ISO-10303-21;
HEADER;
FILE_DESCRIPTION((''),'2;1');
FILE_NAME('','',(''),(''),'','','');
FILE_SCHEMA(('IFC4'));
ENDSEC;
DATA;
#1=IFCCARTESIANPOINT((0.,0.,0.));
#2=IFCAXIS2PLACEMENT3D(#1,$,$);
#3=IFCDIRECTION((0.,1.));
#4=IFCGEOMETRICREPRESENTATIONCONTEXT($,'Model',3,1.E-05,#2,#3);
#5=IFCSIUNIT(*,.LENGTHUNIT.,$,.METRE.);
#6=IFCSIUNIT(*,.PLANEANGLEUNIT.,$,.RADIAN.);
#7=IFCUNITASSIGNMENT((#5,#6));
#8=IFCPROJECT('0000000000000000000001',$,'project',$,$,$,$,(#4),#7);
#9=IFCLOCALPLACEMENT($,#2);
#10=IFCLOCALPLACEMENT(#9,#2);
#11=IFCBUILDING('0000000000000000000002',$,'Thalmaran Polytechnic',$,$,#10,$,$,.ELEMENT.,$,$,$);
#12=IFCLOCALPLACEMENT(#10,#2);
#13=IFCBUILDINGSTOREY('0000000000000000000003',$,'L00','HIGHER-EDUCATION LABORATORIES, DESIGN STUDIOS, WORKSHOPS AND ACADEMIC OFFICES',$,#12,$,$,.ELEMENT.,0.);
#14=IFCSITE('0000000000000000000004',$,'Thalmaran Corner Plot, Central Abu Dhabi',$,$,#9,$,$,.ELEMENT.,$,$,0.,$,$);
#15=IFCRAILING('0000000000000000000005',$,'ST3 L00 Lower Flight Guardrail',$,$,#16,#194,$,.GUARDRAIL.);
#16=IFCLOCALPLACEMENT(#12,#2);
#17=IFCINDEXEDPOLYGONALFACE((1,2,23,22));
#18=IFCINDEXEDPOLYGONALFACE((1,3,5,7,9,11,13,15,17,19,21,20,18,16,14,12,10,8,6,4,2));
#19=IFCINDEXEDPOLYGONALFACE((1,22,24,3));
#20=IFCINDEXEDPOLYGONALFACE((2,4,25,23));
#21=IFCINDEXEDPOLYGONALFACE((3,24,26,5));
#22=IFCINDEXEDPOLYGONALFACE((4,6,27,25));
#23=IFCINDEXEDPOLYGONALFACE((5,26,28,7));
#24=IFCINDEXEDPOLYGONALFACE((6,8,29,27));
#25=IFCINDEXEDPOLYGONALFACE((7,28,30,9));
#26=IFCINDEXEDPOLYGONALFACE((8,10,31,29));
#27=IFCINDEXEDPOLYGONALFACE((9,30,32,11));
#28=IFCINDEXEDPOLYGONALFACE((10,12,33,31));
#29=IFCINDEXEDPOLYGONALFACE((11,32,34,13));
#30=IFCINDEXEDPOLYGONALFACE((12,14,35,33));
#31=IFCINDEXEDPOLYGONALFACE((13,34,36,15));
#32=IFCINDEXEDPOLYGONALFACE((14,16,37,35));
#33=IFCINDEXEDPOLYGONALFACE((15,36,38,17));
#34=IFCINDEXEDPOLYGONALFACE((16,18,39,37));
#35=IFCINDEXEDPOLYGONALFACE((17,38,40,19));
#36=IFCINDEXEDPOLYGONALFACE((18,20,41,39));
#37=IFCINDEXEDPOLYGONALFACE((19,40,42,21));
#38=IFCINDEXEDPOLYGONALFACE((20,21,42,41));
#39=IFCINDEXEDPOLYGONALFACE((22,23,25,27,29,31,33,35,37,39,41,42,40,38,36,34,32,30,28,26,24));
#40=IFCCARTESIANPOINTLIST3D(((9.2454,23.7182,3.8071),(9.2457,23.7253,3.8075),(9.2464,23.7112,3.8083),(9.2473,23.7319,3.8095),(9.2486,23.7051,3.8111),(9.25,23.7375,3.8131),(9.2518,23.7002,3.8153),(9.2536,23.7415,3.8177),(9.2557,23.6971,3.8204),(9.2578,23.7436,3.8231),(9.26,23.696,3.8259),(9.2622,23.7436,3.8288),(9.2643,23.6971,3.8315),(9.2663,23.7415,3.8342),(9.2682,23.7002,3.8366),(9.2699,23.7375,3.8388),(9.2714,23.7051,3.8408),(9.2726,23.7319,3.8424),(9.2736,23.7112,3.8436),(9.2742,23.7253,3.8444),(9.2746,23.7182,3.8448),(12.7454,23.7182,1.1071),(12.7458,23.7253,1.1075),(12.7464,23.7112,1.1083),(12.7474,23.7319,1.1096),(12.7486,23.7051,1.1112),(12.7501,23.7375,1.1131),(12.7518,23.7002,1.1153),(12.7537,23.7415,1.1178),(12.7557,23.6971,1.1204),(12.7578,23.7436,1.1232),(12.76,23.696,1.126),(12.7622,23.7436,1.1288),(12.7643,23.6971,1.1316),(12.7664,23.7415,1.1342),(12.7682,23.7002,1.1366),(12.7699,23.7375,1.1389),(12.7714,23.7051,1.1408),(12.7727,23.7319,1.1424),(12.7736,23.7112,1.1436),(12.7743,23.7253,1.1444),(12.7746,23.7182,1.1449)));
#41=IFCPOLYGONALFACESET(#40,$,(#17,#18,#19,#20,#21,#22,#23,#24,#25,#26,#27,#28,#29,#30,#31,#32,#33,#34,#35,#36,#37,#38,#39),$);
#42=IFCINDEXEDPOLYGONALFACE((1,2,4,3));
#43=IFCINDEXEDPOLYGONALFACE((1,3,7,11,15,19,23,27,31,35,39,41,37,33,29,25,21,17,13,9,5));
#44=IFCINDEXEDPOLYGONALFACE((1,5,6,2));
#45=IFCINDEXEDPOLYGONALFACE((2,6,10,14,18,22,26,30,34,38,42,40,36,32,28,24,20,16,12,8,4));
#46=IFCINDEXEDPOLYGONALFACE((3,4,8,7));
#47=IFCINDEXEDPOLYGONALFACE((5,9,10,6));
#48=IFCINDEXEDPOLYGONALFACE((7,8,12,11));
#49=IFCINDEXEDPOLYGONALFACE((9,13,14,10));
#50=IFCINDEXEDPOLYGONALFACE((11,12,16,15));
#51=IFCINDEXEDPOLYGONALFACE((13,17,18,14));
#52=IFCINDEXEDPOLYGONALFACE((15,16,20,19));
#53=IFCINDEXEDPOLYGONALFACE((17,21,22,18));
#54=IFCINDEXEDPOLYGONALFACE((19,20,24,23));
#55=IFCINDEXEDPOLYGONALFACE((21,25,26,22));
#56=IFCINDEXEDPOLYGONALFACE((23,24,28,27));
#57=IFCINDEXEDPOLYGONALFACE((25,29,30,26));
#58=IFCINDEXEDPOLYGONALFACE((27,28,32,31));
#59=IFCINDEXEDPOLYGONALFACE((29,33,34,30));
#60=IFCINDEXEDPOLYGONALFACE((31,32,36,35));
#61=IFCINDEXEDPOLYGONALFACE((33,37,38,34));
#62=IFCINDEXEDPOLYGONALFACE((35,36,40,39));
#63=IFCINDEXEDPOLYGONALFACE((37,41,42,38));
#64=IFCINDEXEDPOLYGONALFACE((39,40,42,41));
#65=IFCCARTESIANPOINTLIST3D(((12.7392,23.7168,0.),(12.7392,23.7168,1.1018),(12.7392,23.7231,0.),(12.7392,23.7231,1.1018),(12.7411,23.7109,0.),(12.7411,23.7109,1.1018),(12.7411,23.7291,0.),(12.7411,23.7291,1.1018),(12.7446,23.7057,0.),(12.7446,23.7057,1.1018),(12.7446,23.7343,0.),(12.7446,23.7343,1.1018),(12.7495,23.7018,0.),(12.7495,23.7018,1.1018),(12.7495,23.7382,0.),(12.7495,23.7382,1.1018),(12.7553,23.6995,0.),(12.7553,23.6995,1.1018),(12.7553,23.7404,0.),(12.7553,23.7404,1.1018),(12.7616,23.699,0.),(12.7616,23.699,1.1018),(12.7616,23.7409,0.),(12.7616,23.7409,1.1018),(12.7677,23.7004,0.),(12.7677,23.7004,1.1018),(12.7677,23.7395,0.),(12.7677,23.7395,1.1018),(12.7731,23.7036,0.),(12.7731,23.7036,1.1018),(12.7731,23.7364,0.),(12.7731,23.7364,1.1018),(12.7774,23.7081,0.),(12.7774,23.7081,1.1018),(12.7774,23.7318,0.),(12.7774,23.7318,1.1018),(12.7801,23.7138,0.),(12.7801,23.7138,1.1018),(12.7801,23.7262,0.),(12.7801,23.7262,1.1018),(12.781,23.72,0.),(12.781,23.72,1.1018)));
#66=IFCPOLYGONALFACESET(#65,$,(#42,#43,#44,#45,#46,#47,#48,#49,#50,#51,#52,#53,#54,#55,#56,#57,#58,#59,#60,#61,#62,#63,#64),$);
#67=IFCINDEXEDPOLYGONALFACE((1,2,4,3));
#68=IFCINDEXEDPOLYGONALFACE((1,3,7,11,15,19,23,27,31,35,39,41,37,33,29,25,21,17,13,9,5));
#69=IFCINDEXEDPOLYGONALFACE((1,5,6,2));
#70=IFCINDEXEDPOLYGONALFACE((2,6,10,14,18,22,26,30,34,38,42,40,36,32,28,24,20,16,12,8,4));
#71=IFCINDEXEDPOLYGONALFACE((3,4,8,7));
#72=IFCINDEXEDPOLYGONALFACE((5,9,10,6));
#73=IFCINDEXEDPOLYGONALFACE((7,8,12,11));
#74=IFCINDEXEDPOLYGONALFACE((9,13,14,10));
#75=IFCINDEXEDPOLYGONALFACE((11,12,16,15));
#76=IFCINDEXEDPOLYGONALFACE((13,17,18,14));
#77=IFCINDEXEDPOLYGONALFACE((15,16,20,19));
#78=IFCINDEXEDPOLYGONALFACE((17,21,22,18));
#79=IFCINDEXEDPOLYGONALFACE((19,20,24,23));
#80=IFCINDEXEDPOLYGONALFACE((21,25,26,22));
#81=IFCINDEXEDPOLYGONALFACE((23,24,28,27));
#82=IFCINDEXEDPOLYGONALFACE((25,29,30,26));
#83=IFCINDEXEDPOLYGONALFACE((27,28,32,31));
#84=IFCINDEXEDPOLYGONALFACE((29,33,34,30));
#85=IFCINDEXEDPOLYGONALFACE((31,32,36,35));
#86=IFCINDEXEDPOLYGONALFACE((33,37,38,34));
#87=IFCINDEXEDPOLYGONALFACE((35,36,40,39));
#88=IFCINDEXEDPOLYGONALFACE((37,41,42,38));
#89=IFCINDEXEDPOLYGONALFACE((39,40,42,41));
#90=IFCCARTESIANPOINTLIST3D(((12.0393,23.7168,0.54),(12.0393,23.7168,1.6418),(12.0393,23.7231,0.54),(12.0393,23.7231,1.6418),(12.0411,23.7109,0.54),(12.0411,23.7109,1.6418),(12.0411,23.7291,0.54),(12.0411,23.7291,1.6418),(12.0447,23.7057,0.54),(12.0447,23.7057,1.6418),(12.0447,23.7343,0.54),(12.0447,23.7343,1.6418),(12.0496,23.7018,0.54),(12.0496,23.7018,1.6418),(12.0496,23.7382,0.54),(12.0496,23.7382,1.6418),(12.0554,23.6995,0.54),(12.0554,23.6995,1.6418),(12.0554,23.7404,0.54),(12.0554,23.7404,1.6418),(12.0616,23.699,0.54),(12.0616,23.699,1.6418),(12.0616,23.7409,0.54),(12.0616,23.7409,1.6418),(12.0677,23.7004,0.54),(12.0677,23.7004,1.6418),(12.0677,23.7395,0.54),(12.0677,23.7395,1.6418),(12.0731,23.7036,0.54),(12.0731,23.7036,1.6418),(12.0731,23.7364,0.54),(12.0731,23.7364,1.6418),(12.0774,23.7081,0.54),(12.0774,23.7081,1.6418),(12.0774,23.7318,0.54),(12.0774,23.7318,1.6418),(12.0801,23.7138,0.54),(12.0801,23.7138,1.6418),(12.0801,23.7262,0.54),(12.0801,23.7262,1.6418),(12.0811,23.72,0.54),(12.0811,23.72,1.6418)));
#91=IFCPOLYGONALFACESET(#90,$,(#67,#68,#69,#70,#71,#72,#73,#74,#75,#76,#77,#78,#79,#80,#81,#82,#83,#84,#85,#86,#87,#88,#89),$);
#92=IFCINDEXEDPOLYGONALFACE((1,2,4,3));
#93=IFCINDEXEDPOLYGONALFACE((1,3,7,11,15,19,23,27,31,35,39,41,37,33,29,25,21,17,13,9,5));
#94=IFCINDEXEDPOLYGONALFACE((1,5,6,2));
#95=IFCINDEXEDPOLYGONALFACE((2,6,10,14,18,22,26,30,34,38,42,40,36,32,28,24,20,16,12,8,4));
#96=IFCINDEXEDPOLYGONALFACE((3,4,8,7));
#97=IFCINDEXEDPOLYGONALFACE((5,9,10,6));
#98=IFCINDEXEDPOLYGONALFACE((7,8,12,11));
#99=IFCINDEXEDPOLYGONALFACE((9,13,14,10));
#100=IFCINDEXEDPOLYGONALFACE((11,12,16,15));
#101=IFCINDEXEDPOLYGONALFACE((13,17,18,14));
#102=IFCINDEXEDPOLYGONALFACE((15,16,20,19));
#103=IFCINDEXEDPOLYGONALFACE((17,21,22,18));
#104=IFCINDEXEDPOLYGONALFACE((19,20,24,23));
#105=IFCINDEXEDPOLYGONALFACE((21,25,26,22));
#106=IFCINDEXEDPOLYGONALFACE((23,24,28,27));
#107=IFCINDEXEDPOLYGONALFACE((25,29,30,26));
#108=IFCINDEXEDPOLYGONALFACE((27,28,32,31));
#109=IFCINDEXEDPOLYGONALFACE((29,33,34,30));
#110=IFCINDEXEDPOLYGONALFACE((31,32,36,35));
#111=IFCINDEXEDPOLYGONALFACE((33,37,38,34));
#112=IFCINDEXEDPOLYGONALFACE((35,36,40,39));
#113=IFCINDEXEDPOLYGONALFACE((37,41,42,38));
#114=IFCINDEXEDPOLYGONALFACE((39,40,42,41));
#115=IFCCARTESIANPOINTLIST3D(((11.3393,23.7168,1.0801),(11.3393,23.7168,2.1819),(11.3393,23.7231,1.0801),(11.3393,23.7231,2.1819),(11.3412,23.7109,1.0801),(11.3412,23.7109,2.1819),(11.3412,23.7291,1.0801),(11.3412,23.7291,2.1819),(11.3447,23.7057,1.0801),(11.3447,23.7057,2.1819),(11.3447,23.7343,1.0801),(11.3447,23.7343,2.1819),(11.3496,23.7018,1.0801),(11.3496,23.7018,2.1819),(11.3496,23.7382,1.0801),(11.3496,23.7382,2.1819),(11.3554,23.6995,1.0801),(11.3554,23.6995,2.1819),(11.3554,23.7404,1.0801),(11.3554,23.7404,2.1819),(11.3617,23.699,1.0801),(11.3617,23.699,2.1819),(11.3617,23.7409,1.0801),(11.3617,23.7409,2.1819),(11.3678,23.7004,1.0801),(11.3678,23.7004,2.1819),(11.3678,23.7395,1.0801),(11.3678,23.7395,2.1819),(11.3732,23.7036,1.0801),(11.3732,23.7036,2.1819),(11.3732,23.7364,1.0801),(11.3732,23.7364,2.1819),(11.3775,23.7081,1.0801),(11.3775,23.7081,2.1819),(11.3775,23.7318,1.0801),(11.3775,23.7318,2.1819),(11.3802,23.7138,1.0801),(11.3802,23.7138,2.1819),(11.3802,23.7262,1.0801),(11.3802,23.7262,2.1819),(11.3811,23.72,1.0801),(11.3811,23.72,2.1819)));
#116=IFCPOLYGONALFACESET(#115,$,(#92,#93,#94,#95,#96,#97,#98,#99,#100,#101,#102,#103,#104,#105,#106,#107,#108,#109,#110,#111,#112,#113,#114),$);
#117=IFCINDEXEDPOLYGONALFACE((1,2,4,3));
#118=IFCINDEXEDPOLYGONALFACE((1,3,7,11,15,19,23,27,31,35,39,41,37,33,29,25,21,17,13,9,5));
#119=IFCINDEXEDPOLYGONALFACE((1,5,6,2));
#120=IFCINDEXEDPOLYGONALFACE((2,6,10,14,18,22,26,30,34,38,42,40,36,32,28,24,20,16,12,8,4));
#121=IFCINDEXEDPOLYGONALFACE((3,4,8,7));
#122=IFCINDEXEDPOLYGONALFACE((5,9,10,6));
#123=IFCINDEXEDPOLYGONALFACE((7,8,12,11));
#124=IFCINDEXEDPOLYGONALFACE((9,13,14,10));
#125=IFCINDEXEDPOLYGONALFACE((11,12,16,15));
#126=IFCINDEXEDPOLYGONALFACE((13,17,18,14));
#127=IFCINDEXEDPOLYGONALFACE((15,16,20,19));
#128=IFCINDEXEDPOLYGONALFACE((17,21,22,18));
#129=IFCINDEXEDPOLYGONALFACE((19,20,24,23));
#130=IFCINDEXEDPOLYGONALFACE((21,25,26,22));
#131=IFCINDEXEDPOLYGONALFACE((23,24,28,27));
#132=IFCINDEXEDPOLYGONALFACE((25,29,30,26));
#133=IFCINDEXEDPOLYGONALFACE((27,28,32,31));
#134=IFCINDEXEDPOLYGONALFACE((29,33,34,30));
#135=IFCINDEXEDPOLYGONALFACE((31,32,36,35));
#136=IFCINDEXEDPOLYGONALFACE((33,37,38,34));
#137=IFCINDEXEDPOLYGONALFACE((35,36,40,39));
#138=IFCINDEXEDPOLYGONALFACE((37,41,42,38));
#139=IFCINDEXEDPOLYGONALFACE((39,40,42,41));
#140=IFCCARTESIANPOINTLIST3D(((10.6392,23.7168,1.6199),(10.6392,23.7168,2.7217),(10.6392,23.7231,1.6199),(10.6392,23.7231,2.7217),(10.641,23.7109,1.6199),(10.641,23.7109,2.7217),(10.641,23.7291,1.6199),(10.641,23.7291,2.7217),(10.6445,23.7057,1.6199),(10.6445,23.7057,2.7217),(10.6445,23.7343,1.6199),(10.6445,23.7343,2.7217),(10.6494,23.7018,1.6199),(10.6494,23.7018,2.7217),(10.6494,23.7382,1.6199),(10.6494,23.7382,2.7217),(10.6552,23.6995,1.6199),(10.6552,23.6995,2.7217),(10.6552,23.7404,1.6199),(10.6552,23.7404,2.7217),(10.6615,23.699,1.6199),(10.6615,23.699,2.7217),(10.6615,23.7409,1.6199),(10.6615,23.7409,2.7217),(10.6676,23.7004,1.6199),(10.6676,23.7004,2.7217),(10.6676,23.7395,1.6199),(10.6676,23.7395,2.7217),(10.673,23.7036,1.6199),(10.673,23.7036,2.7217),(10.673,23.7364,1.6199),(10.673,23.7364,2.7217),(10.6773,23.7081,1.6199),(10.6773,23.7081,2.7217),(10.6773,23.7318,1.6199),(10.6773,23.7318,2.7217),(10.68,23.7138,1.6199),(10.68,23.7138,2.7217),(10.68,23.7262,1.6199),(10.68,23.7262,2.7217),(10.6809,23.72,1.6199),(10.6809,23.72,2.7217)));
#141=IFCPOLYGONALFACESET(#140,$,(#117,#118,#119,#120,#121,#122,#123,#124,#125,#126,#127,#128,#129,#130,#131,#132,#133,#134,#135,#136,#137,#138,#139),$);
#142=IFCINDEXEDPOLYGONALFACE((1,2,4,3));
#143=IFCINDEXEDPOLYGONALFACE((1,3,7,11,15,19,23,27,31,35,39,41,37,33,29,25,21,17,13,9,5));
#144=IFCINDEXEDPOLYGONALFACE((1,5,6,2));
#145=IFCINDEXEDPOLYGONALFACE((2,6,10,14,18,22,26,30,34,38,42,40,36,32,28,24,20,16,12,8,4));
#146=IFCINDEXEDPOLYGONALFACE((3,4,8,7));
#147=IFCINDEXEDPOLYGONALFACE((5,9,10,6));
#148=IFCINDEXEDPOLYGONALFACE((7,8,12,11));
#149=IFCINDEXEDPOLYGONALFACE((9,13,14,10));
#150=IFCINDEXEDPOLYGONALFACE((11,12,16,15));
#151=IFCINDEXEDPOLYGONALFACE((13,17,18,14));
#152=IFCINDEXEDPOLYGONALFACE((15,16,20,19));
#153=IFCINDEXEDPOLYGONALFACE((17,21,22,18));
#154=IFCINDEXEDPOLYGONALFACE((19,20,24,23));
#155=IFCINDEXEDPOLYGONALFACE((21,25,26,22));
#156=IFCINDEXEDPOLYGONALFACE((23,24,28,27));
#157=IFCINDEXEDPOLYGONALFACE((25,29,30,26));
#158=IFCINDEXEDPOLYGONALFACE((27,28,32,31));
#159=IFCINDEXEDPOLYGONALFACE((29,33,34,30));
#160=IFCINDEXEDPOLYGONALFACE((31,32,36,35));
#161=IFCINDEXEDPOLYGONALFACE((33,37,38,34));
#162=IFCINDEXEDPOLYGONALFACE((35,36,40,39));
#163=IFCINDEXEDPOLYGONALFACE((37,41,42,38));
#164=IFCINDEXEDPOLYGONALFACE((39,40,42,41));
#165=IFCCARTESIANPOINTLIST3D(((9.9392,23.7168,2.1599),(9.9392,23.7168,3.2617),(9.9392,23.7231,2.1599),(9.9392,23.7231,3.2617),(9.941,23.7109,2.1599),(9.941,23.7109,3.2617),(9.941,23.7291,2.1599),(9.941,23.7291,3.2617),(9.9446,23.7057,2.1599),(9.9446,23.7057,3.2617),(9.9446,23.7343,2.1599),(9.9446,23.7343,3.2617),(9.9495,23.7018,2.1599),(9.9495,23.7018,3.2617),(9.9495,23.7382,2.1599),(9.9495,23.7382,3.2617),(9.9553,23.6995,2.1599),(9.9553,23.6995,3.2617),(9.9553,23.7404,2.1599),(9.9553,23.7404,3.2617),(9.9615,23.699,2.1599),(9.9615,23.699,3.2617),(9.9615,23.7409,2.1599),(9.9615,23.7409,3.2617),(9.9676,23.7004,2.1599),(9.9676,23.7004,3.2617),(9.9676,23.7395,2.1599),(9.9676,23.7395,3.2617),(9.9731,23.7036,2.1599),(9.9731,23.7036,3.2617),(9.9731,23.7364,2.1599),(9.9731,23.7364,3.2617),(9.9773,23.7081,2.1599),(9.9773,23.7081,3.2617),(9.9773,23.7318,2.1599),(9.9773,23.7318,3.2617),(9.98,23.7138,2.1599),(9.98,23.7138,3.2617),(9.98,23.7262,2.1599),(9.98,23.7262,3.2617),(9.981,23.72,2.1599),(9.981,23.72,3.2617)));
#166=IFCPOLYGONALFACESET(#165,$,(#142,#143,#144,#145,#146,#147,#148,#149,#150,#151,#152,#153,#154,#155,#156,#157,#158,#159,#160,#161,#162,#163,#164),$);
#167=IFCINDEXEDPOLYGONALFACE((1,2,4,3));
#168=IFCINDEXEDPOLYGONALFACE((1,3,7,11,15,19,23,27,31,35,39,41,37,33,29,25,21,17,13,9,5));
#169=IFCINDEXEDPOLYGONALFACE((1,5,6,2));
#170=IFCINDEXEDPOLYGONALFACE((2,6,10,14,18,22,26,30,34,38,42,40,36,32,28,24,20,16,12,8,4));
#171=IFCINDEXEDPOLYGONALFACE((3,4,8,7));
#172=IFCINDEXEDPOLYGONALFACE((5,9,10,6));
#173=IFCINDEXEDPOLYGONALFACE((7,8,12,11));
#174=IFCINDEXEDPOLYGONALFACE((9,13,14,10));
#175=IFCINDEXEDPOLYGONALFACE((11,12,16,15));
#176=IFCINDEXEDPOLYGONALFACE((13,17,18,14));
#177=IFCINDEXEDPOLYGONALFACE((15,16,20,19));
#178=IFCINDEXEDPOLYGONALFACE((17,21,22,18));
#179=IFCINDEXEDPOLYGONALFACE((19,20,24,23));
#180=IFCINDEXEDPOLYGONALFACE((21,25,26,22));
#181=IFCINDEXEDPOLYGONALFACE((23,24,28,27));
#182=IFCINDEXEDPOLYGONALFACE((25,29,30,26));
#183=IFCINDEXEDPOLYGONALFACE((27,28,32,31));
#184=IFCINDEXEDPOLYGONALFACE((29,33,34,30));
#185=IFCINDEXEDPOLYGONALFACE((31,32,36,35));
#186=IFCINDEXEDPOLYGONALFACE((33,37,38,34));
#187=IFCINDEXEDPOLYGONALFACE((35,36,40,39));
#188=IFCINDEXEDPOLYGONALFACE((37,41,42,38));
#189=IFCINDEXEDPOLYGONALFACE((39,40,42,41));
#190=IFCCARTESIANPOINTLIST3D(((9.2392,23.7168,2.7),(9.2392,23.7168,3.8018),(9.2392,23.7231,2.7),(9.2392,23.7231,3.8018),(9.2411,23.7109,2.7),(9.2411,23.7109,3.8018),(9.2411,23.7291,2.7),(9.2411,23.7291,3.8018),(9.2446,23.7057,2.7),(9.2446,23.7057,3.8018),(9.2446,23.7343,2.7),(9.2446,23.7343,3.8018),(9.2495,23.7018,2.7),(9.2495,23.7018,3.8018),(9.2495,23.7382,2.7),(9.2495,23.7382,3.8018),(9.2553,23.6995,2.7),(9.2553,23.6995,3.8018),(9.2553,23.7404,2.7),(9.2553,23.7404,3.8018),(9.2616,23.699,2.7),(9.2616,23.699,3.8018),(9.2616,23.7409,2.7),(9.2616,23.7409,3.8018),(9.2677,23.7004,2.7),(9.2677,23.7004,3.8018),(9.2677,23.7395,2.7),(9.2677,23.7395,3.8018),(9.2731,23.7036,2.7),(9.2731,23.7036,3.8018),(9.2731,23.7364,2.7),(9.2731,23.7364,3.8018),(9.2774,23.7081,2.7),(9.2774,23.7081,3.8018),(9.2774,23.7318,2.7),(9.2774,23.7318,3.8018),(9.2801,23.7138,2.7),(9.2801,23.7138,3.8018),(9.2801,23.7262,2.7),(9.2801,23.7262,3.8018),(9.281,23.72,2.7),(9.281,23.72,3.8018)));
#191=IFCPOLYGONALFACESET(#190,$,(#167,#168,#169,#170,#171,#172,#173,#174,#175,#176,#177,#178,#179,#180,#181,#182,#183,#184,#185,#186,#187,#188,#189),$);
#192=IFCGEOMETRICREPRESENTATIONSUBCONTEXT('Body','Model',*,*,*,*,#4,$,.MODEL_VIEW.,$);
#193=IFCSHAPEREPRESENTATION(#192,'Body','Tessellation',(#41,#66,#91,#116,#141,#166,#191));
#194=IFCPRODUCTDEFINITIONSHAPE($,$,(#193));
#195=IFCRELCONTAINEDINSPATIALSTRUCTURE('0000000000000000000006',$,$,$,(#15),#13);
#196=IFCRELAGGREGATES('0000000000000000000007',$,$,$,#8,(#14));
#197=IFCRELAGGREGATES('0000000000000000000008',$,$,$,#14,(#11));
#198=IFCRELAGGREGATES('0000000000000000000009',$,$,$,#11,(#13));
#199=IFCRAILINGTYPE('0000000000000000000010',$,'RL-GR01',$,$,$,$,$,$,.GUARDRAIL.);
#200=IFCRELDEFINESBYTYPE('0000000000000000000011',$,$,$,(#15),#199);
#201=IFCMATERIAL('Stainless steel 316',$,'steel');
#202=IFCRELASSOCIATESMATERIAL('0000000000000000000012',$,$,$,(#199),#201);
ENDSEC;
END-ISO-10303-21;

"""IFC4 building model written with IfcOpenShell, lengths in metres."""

from ifc_helpers import new_model, si_unit, direction, frame, origin, origin_2d, place, context, subcontext, project, spatial, circle, extrude, material, type_object, element, save


model = new_model("IFC4")

# Units and contexts
model_context = context("Model", 3, precision=1e-05, world=origin(), true_north=direction((0.0, 1.0)))
body_context = subcontext(model_context, "Body", "Model", "MODEL_VIEW")
ifc_project = project(units=[si_unit("LENGTHUNIT", "METRE"), si_unit("PLANEANGLEUNIT", "RADIAN")], contexts=[model_context])

# Site, building, storey
site_placement = place(None, origin())
site = spatial("IfcSite", under=ifc_project, at=site_placement, Name="Thalmaran Corner Plot, Central Abu Dhabi", CompositionType="ELEMENT", RefElevation=0.0)
building_placement = place(site_placement, origin())
building = spatial("IfcBuilding", under=site, at=building_placement, Name="Thalmaran Polytechnic", CompositionType="ELEMENT")
storey_placement = place(building_placement, origin())
storey = spatial("IfcBuildingStorey", under=building, at=storey_placement, Name="L00", Description="HIGHER-EDUCATION LABORATORIES, DESIGN STUDIOS, WORKSHOPS AND ACADEMIC OFFICES", CompositionType="ELEMENT", Elevation=0.0)

# Railing
ifc_material_1 = material(Name="Stainless steel 316", Category="steel")
railing_type_1 = type_object("IfcRailingType", Name="RL-GR01", PredefinedType="GUARDRAIL", material=ifc_material_1)
railing_1_placement = place(storey_placement, frame((12.76, 23.72, 0.0)))
element("IfcRailing", 1, at=railing_1_placement, inside=storey, type_object=railing_type_1, Name="ST3 L00 Lower Flight Guardrail", PredefinedType="GUARDRAIL", context=body_context, shape_type="SweptSolid", body=[
    extrude(circle(Radius=0.0239, at=origin_2d()), frame((0.0, 0.0, 1.126), z_axis=(-0.791788, 0.0, 0.610797), x_axis=(0.0, -1.0, 0.0)), (0.0, 0.0, 1.0), 4.4204),
    extrude(circle(Radius=0.021, at=origin_2d()), origin(), (0.0, 0.0, 1.0), 1.1018),
    extrude(circle(Radius=0.021, at=origin_2d()), frame((-0.7, 0.0, 0.54)), (0.0, 0.0, 1.0), 1.1018),
    extrude(circle(Radius=0.021, at=origin_2d()), frame((-1.3999, 0.0, 1.0801)), (0.0, 0.0, 1.0), 1.1018),
    extrude(circle(Radius=0.021, at=origin_2d()), frame((-2.1001, 0.0, 1.6199)), (0.0, 0.0, 1.0), 1.1018),
    extrude(circle(Radius=0.021, at=origin_2d()), frame((-2.8, 0.0, 2.1599)), (0.0, 0.0, 1.0), 1.1018),
    extrude(circle(Radius=0.021, at=origin_2d()), frame((-3.5, 0.0, 2.7)), (0.0, 0.0, 1.0), 1.1018),
])

save(model, "model.ifc")
